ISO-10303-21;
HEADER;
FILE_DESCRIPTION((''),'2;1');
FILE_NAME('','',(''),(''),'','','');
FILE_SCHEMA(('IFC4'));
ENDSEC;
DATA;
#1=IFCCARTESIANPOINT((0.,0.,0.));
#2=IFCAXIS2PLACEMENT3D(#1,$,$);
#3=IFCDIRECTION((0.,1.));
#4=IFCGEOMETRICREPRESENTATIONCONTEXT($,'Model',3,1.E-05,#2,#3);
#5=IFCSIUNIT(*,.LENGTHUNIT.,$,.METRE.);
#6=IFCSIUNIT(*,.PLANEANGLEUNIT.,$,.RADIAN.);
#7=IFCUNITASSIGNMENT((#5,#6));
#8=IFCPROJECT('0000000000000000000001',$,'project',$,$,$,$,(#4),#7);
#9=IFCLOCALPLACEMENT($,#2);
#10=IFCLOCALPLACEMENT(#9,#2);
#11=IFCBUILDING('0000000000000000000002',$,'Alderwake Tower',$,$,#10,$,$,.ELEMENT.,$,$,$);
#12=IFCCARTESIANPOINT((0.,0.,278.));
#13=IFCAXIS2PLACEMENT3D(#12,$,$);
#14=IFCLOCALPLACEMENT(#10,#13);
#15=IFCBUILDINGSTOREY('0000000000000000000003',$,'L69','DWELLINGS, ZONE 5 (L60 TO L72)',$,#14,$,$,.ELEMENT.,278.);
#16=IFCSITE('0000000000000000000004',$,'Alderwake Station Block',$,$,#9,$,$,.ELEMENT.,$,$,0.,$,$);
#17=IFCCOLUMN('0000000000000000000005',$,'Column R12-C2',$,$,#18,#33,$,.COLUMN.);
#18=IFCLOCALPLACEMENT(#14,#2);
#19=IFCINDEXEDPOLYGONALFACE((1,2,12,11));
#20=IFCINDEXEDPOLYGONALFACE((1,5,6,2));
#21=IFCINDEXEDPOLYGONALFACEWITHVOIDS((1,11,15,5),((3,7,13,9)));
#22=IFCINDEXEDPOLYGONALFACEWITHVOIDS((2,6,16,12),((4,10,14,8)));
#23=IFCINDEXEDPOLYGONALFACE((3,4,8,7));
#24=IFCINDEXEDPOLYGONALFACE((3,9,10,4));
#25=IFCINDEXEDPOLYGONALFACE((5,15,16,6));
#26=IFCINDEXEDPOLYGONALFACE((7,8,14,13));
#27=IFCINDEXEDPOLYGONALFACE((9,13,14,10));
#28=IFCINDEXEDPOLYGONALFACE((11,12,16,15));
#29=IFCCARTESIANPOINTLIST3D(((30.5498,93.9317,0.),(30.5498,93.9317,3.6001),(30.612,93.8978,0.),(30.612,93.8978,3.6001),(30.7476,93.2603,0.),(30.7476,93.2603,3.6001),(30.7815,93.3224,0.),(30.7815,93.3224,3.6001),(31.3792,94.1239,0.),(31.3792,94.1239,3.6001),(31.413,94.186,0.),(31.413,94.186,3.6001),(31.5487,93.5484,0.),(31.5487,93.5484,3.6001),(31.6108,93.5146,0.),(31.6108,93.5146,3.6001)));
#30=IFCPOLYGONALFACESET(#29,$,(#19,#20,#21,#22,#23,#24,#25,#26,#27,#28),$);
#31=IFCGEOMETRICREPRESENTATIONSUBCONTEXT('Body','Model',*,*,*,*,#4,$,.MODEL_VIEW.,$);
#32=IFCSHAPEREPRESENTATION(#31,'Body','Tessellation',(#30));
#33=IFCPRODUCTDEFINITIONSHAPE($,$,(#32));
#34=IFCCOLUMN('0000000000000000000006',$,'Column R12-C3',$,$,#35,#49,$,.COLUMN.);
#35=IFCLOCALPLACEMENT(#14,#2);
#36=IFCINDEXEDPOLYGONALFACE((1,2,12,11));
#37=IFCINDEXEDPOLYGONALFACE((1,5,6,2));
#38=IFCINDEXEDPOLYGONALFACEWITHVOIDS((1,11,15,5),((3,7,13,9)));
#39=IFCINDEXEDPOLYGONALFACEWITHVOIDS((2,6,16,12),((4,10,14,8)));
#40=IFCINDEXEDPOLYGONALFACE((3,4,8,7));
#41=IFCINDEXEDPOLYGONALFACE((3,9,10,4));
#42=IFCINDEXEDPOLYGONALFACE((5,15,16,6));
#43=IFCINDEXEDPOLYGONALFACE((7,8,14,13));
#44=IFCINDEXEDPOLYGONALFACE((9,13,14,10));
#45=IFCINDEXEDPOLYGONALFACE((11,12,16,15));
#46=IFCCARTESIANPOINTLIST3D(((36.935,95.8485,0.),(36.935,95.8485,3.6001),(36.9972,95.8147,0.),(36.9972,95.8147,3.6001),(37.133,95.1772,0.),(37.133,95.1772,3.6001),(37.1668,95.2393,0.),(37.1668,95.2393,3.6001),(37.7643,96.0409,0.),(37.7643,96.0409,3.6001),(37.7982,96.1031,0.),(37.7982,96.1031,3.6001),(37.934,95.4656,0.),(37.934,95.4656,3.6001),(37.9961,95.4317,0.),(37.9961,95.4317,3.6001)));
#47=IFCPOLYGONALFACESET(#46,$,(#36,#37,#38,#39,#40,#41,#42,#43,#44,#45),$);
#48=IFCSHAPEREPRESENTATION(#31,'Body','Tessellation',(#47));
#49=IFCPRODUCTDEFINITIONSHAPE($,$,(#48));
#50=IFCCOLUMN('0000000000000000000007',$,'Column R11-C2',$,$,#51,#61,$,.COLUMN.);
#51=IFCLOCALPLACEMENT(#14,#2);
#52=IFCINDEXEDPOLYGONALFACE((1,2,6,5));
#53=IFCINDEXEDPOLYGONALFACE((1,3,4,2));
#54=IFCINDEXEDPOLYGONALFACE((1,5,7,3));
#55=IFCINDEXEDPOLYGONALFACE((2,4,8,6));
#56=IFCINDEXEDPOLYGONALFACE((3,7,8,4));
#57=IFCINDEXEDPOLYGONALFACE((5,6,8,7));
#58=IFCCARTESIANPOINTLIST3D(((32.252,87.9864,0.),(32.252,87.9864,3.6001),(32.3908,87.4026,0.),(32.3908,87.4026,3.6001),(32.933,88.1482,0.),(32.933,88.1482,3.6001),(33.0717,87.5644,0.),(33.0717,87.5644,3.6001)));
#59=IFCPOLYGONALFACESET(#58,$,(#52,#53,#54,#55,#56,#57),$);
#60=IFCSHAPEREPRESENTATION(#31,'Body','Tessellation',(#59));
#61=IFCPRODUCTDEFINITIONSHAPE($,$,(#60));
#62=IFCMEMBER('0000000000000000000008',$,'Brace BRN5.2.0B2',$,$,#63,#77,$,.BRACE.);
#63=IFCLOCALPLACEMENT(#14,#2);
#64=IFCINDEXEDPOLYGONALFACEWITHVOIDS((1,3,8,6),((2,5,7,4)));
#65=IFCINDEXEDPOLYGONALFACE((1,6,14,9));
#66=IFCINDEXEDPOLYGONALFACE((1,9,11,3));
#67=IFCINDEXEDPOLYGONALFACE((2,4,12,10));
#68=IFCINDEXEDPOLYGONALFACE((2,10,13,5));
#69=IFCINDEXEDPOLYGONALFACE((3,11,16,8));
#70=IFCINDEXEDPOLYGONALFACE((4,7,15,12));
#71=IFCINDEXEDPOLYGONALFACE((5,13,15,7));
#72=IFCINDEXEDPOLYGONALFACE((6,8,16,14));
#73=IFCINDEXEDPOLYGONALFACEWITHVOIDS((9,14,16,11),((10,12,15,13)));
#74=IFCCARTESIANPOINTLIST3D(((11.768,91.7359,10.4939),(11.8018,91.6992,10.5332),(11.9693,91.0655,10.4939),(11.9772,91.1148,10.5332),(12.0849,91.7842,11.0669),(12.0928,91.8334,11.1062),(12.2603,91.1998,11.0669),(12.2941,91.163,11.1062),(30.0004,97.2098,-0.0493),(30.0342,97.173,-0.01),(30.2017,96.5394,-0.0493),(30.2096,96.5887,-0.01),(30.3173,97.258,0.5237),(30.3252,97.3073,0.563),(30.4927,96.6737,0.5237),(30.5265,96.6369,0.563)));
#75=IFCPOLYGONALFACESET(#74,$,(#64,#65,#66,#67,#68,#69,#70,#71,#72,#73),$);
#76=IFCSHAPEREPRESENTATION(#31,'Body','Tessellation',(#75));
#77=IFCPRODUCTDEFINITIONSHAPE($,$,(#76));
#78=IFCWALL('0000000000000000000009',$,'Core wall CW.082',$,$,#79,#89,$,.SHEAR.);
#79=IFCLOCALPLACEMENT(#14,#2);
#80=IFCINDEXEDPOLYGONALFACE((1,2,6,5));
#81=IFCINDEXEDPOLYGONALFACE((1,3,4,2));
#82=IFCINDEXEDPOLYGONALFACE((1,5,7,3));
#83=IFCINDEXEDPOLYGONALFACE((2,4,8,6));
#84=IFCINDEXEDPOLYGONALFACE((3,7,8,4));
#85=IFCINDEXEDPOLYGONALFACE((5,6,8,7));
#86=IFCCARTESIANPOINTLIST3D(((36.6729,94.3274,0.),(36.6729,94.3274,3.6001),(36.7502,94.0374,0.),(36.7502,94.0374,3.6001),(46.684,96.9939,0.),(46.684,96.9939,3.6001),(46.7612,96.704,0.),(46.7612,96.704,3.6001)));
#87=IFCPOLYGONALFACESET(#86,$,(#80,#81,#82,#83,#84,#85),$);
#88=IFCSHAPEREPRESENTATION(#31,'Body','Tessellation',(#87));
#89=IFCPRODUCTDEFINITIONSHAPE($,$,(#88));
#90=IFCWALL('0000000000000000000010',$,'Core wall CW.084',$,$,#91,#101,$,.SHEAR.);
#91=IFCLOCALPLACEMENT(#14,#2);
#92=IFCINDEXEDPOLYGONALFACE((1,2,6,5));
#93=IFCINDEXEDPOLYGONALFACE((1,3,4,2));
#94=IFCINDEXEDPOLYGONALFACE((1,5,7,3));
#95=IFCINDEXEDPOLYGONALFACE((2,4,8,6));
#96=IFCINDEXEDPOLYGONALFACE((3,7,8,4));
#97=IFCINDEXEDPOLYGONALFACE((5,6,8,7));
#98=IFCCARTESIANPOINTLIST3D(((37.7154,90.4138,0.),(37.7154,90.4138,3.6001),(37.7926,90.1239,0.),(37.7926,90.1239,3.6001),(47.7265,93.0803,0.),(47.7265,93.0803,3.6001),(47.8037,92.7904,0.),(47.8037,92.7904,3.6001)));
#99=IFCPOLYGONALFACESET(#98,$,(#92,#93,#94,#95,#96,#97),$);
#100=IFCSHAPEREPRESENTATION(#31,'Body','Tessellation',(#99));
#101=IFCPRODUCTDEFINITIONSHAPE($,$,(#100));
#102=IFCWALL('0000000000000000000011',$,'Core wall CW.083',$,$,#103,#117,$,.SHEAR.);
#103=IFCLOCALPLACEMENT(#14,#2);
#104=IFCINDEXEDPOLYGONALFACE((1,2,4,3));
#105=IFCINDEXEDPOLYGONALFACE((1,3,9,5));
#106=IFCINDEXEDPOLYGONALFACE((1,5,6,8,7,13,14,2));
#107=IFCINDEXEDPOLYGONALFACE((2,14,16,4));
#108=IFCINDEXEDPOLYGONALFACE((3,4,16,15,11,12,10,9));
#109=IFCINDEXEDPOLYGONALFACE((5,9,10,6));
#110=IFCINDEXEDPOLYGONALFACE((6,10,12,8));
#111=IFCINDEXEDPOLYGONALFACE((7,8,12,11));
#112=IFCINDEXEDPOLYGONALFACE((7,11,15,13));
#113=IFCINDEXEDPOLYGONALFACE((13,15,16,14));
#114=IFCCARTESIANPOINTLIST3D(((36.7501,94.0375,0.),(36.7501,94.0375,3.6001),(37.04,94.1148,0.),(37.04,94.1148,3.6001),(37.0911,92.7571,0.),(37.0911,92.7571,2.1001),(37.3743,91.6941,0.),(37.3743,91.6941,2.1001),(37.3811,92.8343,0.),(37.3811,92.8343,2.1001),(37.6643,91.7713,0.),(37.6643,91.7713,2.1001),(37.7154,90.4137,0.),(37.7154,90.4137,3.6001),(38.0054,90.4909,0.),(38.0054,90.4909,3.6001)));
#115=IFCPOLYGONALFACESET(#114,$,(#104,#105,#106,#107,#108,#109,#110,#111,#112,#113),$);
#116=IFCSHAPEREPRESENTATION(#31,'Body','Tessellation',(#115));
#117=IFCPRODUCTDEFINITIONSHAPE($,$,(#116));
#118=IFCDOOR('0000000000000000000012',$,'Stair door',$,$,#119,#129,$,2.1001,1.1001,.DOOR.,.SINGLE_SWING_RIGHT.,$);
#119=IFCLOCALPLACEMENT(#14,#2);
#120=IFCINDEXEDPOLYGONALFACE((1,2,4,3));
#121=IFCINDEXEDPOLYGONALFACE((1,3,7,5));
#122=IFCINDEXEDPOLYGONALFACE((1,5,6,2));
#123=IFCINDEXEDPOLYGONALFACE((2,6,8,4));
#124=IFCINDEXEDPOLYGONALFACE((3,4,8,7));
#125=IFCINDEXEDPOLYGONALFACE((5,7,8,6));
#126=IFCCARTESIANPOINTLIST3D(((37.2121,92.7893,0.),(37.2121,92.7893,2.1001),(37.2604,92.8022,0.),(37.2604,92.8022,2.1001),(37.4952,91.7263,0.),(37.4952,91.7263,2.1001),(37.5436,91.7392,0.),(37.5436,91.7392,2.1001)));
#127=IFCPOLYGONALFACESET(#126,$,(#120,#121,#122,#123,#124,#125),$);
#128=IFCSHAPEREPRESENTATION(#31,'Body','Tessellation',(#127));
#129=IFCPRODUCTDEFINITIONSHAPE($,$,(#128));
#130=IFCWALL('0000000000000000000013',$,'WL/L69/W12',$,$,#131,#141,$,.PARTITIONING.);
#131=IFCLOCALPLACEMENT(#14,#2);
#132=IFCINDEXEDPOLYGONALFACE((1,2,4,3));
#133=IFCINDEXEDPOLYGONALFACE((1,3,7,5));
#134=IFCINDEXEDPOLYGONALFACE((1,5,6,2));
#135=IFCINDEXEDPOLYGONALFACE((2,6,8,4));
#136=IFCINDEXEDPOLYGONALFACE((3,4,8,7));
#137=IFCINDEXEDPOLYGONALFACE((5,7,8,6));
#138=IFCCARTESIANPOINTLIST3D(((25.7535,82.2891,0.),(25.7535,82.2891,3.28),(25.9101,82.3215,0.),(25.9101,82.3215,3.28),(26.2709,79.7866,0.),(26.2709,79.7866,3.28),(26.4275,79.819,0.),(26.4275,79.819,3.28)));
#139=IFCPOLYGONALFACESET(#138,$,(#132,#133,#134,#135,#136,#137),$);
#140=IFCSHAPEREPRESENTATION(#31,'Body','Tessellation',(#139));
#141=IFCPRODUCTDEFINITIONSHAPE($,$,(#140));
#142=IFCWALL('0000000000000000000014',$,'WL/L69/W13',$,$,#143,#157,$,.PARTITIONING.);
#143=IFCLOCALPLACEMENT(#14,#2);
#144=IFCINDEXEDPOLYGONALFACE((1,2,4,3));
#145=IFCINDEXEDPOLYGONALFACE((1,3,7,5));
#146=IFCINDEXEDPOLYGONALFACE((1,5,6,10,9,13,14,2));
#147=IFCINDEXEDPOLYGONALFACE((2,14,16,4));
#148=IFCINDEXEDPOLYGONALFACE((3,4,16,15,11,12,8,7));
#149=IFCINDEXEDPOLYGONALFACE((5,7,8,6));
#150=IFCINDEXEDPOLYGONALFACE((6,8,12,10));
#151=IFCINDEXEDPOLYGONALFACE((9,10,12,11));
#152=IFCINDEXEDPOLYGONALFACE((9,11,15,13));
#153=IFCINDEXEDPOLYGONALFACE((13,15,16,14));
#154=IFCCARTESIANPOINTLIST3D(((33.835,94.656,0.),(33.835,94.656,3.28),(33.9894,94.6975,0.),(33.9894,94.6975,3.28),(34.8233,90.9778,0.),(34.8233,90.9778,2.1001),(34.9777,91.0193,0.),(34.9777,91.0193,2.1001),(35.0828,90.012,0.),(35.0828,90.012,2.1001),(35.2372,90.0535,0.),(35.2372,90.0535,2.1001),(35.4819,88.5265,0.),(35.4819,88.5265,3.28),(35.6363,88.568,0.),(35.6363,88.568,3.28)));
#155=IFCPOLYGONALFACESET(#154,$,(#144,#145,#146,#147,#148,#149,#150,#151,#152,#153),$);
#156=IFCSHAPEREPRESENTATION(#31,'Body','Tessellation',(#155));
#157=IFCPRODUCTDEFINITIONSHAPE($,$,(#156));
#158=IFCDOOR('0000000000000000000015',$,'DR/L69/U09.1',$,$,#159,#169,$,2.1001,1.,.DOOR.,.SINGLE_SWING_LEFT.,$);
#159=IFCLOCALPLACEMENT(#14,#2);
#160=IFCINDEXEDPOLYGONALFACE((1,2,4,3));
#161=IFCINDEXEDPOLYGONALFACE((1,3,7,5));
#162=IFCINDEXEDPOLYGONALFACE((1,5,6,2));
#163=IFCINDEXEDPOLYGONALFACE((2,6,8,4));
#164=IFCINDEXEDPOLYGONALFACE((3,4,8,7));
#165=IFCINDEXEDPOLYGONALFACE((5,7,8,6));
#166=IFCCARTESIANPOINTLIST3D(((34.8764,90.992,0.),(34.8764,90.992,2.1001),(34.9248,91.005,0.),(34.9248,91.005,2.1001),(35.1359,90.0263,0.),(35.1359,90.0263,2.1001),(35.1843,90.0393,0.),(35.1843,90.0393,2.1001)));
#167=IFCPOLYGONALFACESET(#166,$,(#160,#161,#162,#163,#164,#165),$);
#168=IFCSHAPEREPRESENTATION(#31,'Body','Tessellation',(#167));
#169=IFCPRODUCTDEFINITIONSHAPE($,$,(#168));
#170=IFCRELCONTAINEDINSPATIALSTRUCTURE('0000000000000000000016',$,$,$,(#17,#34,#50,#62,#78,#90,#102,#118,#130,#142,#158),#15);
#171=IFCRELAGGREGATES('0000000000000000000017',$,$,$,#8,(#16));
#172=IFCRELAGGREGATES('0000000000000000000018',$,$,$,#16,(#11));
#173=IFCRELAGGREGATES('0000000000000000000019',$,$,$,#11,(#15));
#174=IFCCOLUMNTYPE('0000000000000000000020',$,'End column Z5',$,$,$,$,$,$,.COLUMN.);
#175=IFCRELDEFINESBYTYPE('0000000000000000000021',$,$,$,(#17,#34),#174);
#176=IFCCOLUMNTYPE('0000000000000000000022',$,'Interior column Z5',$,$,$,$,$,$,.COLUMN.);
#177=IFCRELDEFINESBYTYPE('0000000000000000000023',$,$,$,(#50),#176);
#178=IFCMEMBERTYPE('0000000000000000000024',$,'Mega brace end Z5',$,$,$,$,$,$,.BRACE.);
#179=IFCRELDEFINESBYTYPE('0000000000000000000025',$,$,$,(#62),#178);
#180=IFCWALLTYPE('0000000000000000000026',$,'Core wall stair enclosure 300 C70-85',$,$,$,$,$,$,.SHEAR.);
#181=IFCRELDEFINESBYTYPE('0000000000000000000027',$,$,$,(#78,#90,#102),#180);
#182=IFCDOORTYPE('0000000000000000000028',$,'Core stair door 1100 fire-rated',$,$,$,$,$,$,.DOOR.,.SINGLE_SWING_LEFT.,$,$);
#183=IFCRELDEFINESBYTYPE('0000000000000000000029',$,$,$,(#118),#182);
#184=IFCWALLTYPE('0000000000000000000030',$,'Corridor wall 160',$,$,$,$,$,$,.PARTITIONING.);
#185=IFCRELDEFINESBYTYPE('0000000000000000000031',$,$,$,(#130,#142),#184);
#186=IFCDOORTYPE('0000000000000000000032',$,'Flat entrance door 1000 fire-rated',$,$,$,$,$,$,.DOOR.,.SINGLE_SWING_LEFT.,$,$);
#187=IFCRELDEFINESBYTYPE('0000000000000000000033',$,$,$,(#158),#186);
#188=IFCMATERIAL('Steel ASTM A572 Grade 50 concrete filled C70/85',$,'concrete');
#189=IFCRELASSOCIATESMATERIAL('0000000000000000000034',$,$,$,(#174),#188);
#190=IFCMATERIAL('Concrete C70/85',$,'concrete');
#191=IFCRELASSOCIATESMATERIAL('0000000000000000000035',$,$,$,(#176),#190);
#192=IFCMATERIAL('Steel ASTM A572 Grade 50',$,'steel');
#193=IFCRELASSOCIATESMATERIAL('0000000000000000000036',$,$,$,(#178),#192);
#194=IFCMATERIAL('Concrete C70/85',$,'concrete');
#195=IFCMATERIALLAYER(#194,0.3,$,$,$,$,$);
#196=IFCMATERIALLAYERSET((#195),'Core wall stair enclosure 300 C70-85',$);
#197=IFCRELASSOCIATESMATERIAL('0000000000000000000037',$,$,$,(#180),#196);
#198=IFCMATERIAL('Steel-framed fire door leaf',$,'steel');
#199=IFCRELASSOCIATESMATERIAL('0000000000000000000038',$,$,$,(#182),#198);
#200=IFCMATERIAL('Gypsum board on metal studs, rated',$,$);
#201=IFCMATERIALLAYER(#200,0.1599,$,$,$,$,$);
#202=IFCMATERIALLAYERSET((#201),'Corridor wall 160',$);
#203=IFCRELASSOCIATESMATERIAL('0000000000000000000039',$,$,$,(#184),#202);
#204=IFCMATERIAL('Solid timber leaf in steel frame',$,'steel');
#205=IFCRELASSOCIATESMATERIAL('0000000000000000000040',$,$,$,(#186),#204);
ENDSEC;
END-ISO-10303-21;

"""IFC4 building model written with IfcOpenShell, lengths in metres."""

from ifc_helpers import new_model, si_unit, direction, frame, frame_2d, origin, origin_2d, place, context, subcontext, project, spatial, rectangle, hollow_rectangle, extrude, material, layer, layer_set, material_profile, profile_set, type_object, element, fill, save


model = new_model("IFC4")

# Units and contexts
model_context = context("Model", 3, precision=1e-05, world=origin(), true_north=direction((0.0, 1.0)))
body_context = subcontext(model_context, "Body", "Model", "MODEL_VIEW")
ifc_project = project(units=[si_unit("LENGTHUNIT", "METRE"), si_unit("PLANEANGLEUNIT", "RADIAN")], contexts=[model_context])

# Site, building, storey
site_placement = place(None, origin())
site = spatial("IfcSite", under=ifc_project, at=site_placement, Name="Alderwake Station Block", CompositionType="ELEMENT", RefElevation=0.0)
building_placement = place(site_placement, origin())
building = spatial("IfcBuilding", under=site, at=building_placement, Name="Alderwake Tower", CompositionType="ELEMENT")
storey_placement = place(building_placement, frame((0.0, 0.0, 278.0)))
storey = spatial("IfcBuildingStorey", under=building, at=storey_placement, Name="L69", Description="DWELLINGS, ZONE 5 (L60 TO L72)", CompositionType="ELEMENT", Elevation=278.0)

# Columns
ifc_material_1 = material(Name="Steel ASTM A572 Grade 50 concrete filled C70/85", Category="concrete")
ifc_material_profile_1 = material_profile(ifc_material_1, hollow_rectangle(XDim=0.7, YDim=0.8999, WallThickness=0.05, at=origin_2d()), Name="BOX 900X700X50")
ifc_profile_set_1 = profile_set([ifc_material_profile_1], Name="Steel ASTM A572 Grade 50 concrete filled C70/85")
column_type_1 = type_object("IfcColumnType", Name="End column Z5", PredefinedType="COLUMN", material=ifc_profile_set_1)
for number, where, z_axis, x_axis, name in (
    (1, (31.0803, 93.7231, 0.0), (0.0, 0.0, 1.0), (-0.282583, 0.959243, 0.0), "Column R12-C2"),
    (2, (37.4656, 95.6401, 0.0), (0.0, 0.0, 1.0), (-0.282854, 0.959163, 0.0), "Column R12-C3"),
):
    element("IfcColumn", number, at=place(storey_placement, frame(where, z_axis=z_axis, x_axis=x_axis)), inside=storey, type_object=column_type_1, Name=name, PredefinedType="COLUMN", context=body_context, shape_type="SweptSolid", body=[
        extrude(hollow_rectangle(XDim=0.7, YDim=0.8999, WallThickness=0.05, at=origin_2d()), origin(), (0.0, 0.0, 1.0), 3.6001),
    ])
ifc_material_2 = material(Name="Concrete C70/85", Category="concrete")
ifc_material_profile_2 = material_profile(ifc_material_2, rectangle(XDim=0.6001, YDim=0.7, at=origin_2d()), Name="RC 700X600")
ifc_profile_set_2 = profile_set([ifc_material_profile_2], Name="Concrete C70/85")
column_type_2 = type_object("IfcColumnType", Name="Interior column Z5", PredefinedType="COLUMN", material=ifc_profile_set_2)
column_placement = place(storey_placement, frame((32.6619, 87.7754, 0.0), z_axis=(0.0, 0.0, 1.0), x_axis=(-0.231222, 0.972901, 0.0)))
element("IfcColumn", 3, at=column_placement, inside=storey, type_object=column_type_2, Name="Column R11-C2", PredefinedType="COLUMN", context=body_context, shape_type="SweptSolid", body=[
    extrude(rectangle(XDim=0.6001, YDim=0.7, at=origin_2d()), origin(), (0.0, 0.0, 1.0), 3.6001),
])

# Member
ifc_material_3 = material(Name="Steel ASTM A572 Grade 50", Category="steel")
ifc_material_profile_3 = material_profile(ifc_material_3, hollow_rectangle(XDim=0.7, YDim=0.7, WallThickness=0.0449, at=origin_2d()), Name="BOX 700X700X45")
ifc_profile_set_3 = profile_set([ifc_material_profile_3], Name="Steel ASTM A572 Grade 50")
member_type = type_object("IfcMemberType", Name="Mega brace end Z5", PredefinedType="BRACE", material=ifc_profile_set_3)
member_placement = place(storey_placement, frame((30.2634, 96.9233, 0.2568), z_axis=(-0.837846, -0.251545, 0.484499), x_axis=(0.287548, -0.957766, 0.0)))
element("IfcMember", 4, at=member_placement, inside=storey, type_object=member_type, Name="Brace BRN5.2.0B2", PredefinedType="BRACE", context=body_context, shape_type="SweptSolid", body=[
    extrude(hollow_rectangle(XDim=0.7, YDim=0.7, WallThickness=0.0449, at=origin_2d()), origin(), (0.0, 0.0, 1.0), 21.761),
])

# Walls
ifc_material_4 = material(Name="Concrete C70/85", Category="concrete")
ifc_layer_1 = layer(ifc_material_4, 0.3)
ifc_layer_set_1 = layer_set([ifc_layer_1], Name="Core wall stair enclosure 300 C70-85")
wall_type_1 = type_object("IfcWallType", Name="Core wall stair enclosure 300 C70-85", PredefinedType="SHEAR", material=ifc_layer_set_1)
for number, where, z_axis, x_axis, name in (
    (5, (36.7114, 94.1824, 0.0), (0.0, 0.0, 1.0), (0.966309, 0.257384, 0.0), "Core wall CW.082"),
    (6, (37.7539, 90.2688, 0.0), (0.0, 0.0, 1.0), (0.966309, 0.257384, 0.0), "Core wall CW.084"),
):
    element("IfcWall", number, at=place(storey_placement, frame(where, z_axis=z_axis, x_axis=x_axis)), inside=storey, type_object=wall_type_1, Name=name, PredefinedType="SHEAR", context=body_context, shape_type="SweptSolid", body=[
        extrude(rectangle(XDim=10.3601, YDim=0.3, at=frame_2d((5.1802, 0.0))), origin(), (0.0, 0.0, 1.0), 3.6001),
    ])

# Wall, opening, door
wall_1_placement = place(storey_placement, frame((37.8604, 90.4524, 0.0), z_axis=(0.0, 0.0, 1.0), x_axis=(-0.257411, 0.966302, 0.0)))
wall_1 = element("IfcWall", 7, at=wall_1_placement, inside=storey, type_object=wall_type_1, Name="Core wall CW.083", PredefinedType="SHEAR", context=body_context, shape_type="SweptSolid", body=[
    extrude(rectangle(XDim=3.7502, YDim=0.3, at=frame_2d((1.875, 0.0))), origin(), (0.0, 0.0, 1.0), 3.6001),
])
opening_1_placement = place(wall_1_placement, frame((1.325, 0.0, 0.0)))
opening_1 = element("IfcOpeningElement", 8, at=opening_1_placement, cuts=wall_1, PredefinedType="OPENING", context=body_context, shape_type="SweptSolid", body=[
    extrude(rectangle(XDim=1.1001, YDim=2.1001, at=frame_2d((0.55, 1.05))), frame((0.0, 0.1599, 0.0), z_axis=(0.0, -1.0, 0.0), x_axis=(1.0, 0.0, 0.0)), (0.0, 0.0, 1.0), 0.3201),
])
ifc_material_5 = material(Name="Steel-framed fire door leaf", Category="steel")
door_type_1 = type_object("IfcDoorType", Name="Core stair door 1100 fire-rated", OperationType="SINGLE_SWING_LEFT", PredefinedType="DOOR", material=ifc_material_5)
door_1_placement = place(opening_1_placement, origin())
door_1 = element("IfcDoor", 9, at=door_1_placement, inside=storey, type_object=door_type_1, Name="Stair door", OperationType="SINGLE_SWING_RIGHT", OverallHeight=2.1001, OverallWidth=1.1001, PredefinedType="DOOR", context=body_context, shape_type="SweptSolid", body=[
    extrude(rectangle(XDim=1.1001, YDim=2.1001, at=frame_2d((0.55, 1.05))), frame((0.0, 0.0249, 0.0), z_axis=(0.0, -1.0, 0.0), x_axis=(1.0, 0.0, 0.0)), (0.0, 0.0, 1.0), 0.05),
])
fill(opening_1, door_1)

# Wall
ifc_material_6 = material(Name="Gypsum board on metal studs, rated")
ifc_layer_2 = layer(ifc_material_6, 0.1599)
ifc_layer_set_2 = layer_set([ifc_layer_2], Name="Corridor wall 160")
wall_type_2 = type_object("IfcWallType", Name="Corridor wall 160", PredefinedType="PARTITIONING", material=ifc_layer_set_2)
wall_2_placement = place(storey_placement, frame((25.8318, 82.3054, 0.0), z_axis=(0.0, 0.0, 1.0), x_axis=(0.202451, -0.979292, 0.0)))
element("IfcWall", 10, at=wall_2_placement, inside=storey, type_object=wall_type_2, Name="WL/L69/W12", PredefinedType="PARTITIONING", context=body_context, shape_type="SweptSolid", body=[
    extrude(rectangle(XDim=2.5554, YDim=0.1599, at=frame_2d((1.2778, 0.0))), origin(), (0.0, 0.0, 1.0), 3.28),
])

# Wall, opening, door
wall_3_placement = place(storey_placement, frame((35.5591, 88.5474, 0.0), z_axis=(0.0, 0.0, 1.0), x_axis=(-0.259486, 0.965747, 0.0)))
wall_3 = element("IfcWall", 11, at=wall_3_placement, inside=storey, type_object=wall_type_2, Name="WL/L69/W13", PredefinedType="PARTITIONING", context=body_context, shape_type="SweptSolid", body=[
    extrude(rectangle(XDim=6.3469, YDim=0.1599, at=frame_2d((3.1733, 0.0))), origin(), (0.0, 0.0, 1.0), 3.28),
])
opening_2_placement = place(wall_3_placement, frame((1.5381, 0.0, 0.0)))
opening_2 = element("IfcOpeningElement", 12, at=opening_2_placement, cuts=wall_3, PredefinedType="OPENING", context=body_context, shape_type="SweptSolid", body=[
    extrude(rectangle(XDim=1.0, YDim=2.1001, at=frame_2d((0.5, 1.05))), frame((0.0, 0.0898, 0.0), z_axis=(0.0, -1.0, 0.0), x_axis=(1.0, 0.0, 0.0)), (0.0, 0.0, 1.0), 0.1799),
])
ifc_material_7 = material(Name="Solid timber leaf in steel frame", Category="steel")
door_type_2 = type_object("IfcDoorType", Name="Flat entrance door 1000 fire-rated", OperationType="SINGLE_SWING_LEFT", PredefinedType="DOOR", material=ifc_material_7)
door_2_placement = place(opening_2_placement, origin())
door_2 = element("IfcDoor", 13, at=door_2_placement, inside=storey, type_object=door_type_2, Name="DR/L69/U09.1", OperationType="SINGLE_SWING_LEFT", OverallHeight=2.1001, OverallWidth=1.0, PredefinedType="DOOR", context=body_context, shape_type="SweptSolid", body=[
    extrude(rectangle(XDim=1.0, YDim=2.1001, at=frame_2d((0.5, 1.05))), frame((0.0, 0.0249, 0.0), z_axis=(0.0, -1.0, 0.0), x_axis=(1.0, 0.0, 0.0)), (0.0, 0.0, 1.0), 0.05),
])
fill(opening_2, door_2)

save(model, "model.ifc")
